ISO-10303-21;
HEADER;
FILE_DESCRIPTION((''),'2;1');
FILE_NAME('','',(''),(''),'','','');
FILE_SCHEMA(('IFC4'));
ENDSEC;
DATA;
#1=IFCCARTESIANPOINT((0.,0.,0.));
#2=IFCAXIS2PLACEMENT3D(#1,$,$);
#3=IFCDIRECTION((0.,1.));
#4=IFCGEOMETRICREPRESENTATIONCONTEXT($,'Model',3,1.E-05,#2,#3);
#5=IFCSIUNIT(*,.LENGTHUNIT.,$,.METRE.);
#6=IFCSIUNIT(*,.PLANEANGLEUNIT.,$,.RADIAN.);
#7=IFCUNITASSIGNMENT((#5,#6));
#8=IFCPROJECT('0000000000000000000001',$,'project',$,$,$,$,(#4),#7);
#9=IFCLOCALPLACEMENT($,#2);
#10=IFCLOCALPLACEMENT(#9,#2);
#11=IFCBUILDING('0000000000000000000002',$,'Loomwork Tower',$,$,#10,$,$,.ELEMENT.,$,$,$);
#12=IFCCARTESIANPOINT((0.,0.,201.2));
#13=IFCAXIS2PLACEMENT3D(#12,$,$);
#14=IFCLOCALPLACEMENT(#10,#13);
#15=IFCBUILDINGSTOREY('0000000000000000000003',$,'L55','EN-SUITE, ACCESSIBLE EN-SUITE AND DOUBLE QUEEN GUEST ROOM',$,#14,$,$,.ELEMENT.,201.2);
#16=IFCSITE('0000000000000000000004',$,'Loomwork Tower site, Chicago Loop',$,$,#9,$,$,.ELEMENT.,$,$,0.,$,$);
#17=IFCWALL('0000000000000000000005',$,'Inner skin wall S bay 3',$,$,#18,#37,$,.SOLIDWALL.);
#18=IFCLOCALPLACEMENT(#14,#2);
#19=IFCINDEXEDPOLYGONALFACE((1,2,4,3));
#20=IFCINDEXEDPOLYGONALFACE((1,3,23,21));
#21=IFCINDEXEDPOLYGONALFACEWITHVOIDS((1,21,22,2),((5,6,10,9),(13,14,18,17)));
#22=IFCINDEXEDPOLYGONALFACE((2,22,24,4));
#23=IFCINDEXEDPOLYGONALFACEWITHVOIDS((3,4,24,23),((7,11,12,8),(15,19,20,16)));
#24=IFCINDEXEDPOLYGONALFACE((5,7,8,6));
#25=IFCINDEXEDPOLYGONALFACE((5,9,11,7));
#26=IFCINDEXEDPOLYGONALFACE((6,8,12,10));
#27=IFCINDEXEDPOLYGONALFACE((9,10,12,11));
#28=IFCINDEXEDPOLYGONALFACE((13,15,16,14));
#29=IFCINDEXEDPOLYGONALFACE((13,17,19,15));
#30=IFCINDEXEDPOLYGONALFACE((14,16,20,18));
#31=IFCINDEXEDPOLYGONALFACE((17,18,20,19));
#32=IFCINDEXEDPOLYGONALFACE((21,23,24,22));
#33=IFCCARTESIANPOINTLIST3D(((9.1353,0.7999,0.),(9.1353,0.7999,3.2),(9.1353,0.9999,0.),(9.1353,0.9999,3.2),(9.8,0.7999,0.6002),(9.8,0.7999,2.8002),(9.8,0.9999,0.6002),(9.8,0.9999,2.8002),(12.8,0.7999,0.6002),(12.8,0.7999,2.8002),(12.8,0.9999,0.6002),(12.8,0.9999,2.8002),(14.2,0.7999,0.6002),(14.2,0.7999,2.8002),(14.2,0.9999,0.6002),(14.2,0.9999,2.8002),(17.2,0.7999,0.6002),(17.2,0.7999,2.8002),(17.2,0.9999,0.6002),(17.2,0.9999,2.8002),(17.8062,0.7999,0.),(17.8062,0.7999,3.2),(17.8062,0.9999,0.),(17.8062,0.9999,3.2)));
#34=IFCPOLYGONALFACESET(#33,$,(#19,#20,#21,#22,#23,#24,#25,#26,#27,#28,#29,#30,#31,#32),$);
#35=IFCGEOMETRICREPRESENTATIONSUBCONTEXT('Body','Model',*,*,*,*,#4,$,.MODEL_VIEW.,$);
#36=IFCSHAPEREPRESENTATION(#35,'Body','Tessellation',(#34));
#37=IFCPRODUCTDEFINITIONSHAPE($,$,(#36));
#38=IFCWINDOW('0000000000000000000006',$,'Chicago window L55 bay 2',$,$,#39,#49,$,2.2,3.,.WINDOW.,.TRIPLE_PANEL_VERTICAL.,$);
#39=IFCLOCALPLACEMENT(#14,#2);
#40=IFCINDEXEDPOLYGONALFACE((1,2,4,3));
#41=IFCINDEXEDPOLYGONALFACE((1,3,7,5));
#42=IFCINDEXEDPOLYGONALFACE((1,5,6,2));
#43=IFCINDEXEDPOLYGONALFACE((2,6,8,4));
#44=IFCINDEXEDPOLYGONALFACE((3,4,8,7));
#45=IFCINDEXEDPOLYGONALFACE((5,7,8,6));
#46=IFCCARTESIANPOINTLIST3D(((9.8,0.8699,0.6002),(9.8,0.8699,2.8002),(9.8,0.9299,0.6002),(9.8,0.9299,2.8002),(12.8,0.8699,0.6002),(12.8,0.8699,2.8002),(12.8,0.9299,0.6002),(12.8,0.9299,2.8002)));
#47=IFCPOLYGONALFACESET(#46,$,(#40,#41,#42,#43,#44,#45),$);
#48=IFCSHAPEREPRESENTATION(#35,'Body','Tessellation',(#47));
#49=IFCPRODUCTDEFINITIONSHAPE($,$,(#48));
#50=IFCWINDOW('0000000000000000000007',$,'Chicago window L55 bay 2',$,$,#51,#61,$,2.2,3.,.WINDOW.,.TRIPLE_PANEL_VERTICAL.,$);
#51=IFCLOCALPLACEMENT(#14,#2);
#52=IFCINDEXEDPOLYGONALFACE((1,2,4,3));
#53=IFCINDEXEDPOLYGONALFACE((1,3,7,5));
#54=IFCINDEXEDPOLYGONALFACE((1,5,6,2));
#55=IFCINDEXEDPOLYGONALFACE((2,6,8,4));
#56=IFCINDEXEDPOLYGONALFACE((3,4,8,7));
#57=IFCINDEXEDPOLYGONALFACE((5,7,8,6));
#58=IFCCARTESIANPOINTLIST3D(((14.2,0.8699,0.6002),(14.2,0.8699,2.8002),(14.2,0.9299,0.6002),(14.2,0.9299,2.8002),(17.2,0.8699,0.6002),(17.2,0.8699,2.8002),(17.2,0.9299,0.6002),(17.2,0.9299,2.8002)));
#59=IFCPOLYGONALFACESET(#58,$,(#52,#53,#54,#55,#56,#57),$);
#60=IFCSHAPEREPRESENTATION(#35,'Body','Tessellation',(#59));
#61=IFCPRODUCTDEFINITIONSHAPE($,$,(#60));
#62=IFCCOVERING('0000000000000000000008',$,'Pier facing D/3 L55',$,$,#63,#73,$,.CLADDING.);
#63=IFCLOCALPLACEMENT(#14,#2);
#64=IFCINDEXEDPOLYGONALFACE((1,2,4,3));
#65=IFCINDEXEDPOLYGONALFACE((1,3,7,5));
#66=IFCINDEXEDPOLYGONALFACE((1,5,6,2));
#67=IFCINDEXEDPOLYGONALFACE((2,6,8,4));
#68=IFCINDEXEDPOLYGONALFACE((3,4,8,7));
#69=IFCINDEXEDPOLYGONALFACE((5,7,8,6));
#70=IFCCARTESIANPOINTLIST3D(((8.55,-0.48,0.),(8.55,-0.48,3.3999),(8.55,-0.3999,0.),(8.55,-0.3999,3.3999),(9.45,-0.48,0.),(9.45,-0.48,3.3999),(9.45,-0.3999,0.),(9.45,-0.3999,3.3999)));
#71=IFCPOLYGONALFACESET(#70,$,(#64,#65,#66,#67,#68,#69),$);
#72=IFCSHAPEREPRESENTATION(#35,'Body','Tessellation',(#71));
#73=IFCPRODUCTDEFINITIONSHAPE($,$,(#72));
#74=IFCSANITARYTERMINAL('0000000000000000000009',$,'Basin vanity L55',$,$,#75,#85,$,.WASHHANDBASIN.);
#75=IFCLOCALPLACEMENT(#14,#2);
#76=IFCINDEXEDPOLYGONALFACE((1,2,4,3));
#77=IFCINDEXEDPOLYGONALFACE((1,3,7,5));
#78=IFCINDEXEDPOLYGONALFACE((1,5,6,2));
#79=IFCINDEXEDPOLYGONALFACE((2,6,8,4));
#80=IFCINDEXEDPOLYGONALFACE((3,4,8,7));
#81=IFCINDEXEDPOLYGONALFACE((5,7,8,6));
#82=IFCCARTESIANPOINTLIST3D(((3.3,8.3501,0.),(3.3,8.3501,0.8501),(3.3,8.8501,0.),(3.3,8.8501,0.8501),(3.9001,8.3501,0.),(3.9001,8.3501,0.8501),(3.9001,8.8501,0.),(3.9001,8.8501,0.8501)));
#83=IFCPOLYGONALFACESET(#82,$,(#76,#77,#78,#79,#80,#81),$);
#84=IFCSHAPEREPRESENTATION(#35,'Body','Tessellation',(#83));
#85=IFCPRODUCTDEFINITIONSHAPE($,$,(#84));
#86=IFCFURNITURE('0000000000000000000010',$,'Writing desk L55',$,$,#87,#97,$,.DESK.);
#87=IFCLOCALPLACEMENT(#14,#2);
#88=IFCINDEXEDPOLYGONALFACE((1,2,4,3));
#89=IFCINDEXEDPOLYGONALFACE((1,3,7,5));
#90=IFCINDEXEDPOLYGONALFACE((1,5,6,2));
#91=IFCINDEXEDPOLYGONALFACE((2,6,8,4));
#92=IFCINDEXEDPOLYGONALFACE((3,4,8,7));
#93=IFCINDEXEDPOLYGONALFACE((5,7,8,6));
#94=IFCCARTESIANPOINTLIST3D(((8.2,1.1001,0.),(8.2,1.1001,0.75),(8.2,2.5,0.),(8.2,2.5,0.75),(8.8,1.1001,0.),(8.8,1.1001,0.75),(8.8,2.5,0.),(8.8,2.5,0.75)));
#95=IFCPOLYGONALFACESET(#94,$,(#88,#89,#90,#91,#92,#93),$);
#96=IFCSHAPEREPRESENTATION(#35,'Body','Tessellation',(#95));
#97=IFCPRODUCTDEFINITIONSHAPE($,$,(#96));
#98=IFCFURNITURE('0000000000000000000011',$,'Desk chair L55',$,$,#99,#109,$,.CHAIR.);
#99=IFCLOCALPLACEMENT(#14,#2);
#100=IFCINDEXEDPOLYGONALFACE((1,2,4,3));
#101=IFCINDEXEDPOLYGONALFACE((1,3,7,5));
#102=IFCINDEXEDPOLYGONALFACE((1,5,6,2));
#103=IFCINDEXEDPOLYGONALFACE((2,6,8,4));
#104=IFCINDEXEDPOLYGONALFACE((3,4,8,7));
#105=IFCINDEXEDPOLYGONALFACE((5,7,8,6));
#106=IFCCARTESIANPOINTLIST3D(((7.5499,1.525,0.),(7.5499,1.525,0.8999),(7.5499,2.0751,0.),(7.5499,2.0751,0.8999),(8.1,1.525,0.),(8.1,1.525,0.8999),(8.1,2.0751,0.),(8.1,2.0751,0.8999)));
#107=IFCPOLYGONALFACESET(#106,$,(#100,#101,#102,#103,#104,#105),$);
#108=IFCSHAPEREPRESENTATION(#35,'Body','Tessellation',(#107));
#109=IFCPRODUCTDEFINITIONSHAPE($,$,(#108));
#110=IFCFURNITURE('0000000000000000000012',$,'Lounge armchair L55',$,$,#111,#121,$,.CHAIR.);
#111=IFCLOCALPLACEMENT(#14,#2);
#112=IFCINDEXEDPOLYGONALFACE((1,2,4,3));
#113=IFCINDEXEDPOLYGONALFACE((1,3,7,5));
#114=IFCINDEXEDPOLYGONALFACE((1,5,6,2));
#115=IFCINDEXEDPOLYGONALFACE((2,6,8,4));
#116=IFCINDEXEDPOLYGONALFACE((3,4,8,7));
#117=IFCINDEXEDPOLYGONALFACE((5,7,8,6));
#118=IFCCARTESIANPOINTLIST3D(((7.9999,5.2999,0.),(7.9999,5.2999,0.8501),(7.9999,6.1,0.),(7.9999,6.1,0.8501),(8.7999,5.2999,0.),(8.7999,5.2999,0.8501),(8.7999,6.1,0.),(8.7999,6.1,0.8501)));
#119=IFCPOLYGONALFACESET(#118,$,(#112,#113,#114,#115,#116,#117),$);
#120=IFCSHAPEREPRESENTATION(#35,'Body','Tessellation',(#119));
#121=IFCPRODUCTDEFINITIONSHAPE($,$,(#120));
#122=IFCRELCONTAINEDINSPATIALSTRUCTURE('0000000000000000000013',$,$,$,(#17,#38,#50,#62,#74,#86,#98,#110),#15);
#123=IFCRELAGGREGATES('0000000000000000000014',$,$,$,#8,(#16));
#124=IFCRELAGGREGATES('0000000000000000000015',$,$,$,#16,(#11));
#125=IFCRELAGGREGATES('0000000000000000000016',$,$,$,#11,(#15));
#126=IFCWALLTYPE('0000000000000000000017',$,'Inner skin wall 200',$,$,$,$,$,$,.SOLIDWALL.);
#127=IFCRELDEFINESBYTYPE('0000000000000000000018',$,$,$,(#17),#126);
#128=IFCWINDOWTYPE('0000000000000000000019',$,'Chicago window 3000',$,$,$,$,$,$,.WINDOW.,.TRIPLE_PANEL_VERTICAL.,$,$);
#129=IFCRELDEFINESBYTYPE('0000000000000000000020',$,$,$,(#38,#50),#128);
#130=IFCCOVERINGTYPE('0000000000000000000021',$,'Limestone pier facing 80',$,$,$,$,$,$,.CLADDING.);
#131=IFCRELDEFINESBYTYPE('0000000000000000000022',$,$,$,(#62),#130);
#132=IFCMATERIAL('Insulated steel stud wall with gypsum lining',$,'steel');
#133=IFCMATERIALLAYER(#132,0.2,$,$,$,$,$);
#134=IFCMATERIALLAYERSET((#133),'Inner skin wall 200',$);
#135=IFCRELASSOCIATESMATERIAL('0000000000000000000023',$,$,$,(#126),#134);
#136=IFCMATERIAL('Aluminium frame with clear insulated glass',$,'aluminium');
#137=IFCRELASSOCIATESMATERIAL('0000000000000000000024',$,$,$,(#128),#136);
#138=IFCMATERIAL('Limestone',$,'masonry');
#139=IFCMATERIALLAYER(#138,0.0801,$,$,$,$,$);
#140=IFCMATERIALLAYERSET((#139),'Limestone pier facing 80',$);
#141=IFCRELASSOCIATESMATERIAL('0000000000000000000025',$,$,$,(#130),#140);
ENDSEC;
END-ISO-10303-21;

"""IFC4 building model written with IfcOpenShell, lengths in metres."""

from ifc_helpers import new_model, si_unit, direction, frame, frame_2d, origin, origin_2d, place, context, subcontext, project, spatial, rectangle, extrude, material, layer, layer_set, type_object, element, fill, save


model = new_model("IFC4")

# Units and contexts
model_context = context("Model", 3, precision=1e-05, world=origin(), true_north=direction((0.0, 1.0)))
body_context = subcontext(model_context, "Body", "Model", "MODEL_VIEW")
ifc_project = project(units=[si_unit("LENGTHUNIT", "METRE"), si_unit("PLANEANGLEUNIT", "RADIAN")], contexts=[model_context])

# Site, building, storey
site_placement = place(None, origin())
site = spatial("IfcSite", under=ifc_project, at=site_placement, Name="Loomwork Tower site, Chicago Loop", CompositionType="ELEMENT", RefElevation=0.0)
building_placement = place(site_placement, origin())
building = spatial("IfcBuilding", under=site, at=building_placement, Name="Loomwork Tower", CompositionType="ELEMENT")
storey_placement = place(building_placement, frame((0.0, 0.0, 201.2)))
storey = spatial("IfcBuildingStorey", under=building, at=storey_placement, Name="L55", Description="EN-SUITE, ACCESSIBLE EN-SUITE AND DOUBLE QUEEN GUEST ROOM", CompositionType="ELEMENT", Elevation=201.2)

# Shared definitions
ifc_material_1 = material(Name="Insulated steel stud wall with gypsum lining", Category="steel")
ifc_layer_1 = layer(ifc_material_1, 0.2)
ifc_layer_set_1 = layer_set([ifc_layer_1], Name="Inner skin wall 200")
wall_type_1 = type_object("IfcWallType", Name="Inner skin wall 200", PredefinedType="SOLIDWALL", material=ifc_layer_set_1)

# Wall, openings, windows
wall_1_placement = place(storey_placement, frame((9.1353, 0.8999, 0.0), z_axis=(0.0, 0.0, 1.0), x_axis=(1.0, 0.0, 0.0)))
wall_1 = element("IfcWall", 1, at=wall_1_placement, inside=storey, type_object=wall_type_1, Name="Inner skin wall S bay 3", PredefinedType="SOLIDWALL", context=body_context, shape_type="SweptSolid", body=[
    extrude(rectangle(XDim=8.6709, YDim=0.2, at=frame_2d((4.3354, 0.0))), origin(), (0.0, 0.0, 1.0), 3.2),
])
opening_1_placement = place(wall_1_placement, frame((0.6648, 0.0, 0.6001)))
opening_1 = element("IfcOpeningElement", 2, at=opening_1_placement, cuts=wall_1, PredefinedType="OPENING", context=body_context, shape_type="SweptSolid", body=[
    extrude(rectangle(XDim=3.0, YDim=2.2, at=frame_2d((1.5, 1.1001))), frame((0.0, 0.1099, 0.0), z_axis=(0.0, -1.0, 0.0), x_axis=(1.0, 0.0, 0.0)), (0.0, 0.0, 1.0), 0.22),
])
opening_2_placement = place(wall_1_placement, frame((5.0647, 0.0, 0.6001)))
opening_2 = element("IfcOpeningElement", 3, at=opening_2_placement, cuts=wall_1, PredefinedType="OPENING", context=body_context, shape_type="SweptSolid", body=[
    extrude(rectangle(XDim=3.0, YDim=2.2, at=frame_2d((1.5, 1.1001))), frame((0.0, 0.1099, 0.0), z_axis=(0.0, -1.0, 0.0), x_axis=(1.0, 0.0, 0.0)), (0.0, 0.0, 1.0), 0.22),
])
ifc_material_2 = material(Name="Aluminium frame with clear insulated glass", Category="aluminium")
window_type = type_object("IfcWindowType", Name="Chicago window 3000", PartitioningType="TRIPLE_PANEL_VERTICAL", PredefinedType="WINDOW", material=ifc_material_2)
window_1_placement = place(opening_1_placement, origin())
window_1 = element("IfcWindow", 4, at=window_1_placement, inside=storey, type_object=window_type, Name="Chicago window L55 bay 2", OverallHeight=2.2, OverallWidth=3.0, PartitioningType="TRIPLE_PANEL_VERTICAL", PredefinedType="WINDOW", context=body_context, shape_type="SweptSolid", body=[
    extrude(rectangle(XDim=3.0, YDim=2.2, at=frame_2d((1.5, 1.1001))), frame((0.0, 0.03, 0.0), z_axis=(0.0, -1.0, 0.0), x_axis=(1.0, 0.0, 0.0)), (0.0, 0.0, 1.0), 0.0601),
])
fill(opening_1, window_1)
window_2_placement = place(opening_2_placement, origin())
window_2 = element("IfcWindow", 5, at=window_2_placement, inside=storey, type_object=window_type, Name="Chicago window L55 bay 2", OverallHeight=2.2, OverallWidth=3.0, PartitioningType="TRIPLE_PANEL_VERTICAL", PredefinedType="WINDOW", context=body_context, shape_type="SweptSolid", body=[
    extrude(rectangle(XDim=3.0, YDim=2.2, at=frame_2d((1.5, 1.1001))), frame((0.0, 0.03, 0.0), z_axis=(0.0, -1.0, 0.0), x_axis=(1.0, 0.0, 0.0)), (0.0, 0.0, 1.0), 0.0601),
])
fill(opening_2, window_2)

# Covering
ifc_material_3 = material(Name="Limestone", Category="masonry")
ifc_layer_2 = layer(ifc_material_3, 0.0801)
ifc_layer_set_2 = layer_set([ifc_layer_2], Name="Limestone pier facing 80")
covering_type = type_object("IfcCoveringType", Name="Limestone pier facing 80", PredefinedType="CLADDING", material=ifc_layer_set_2)
covering_placement = place(storey_placement, frame((9.0, -0.4399, 0.0), z_axis=(0.0, 0.0, 1.0), x_axis=(1.0, 0.0, 0.0)))
element("IfcCovering", 6, at=covering_placement, inside=storey, type_object=covering_type, Name="Pier facing D/3 L55", PredefinedType="CLADDING", context=body_context, shape_type="SweptSolid", body=[
    extrude(rectangle(XDim=0.8999, YDim=0.0801, at=origin_2d()), origin(), (0.0, 0.0, 1.0), 3.3999),
])

# Sanitary terminal
sanitary_terminal_placement = place(storey_placement, frame((3.6001, 8.6001, 0.0), z_axis=(0.0, 0.0, 1.0), x_axis=(1.0, 0.0, 0.0)))
element("IfcSanitaryTerminal", 7, at=sanitary_terminal_placement, inside=storey, Name="Basin vanity L55", PredefinedType="WASHHANDBASIN", context=body_context, shape_type="SweptSolid", body=[
    extrude(rectangle(XDim=0.6001, YDim=0.5, at=origin_2d()), origin(), (0.0, 0.0, 1.0), 0.8501),
])

# Furniture
furniture_1_placement = place(storey_placement, frame((8.5, 1.8, 0.0), z_axis=(0.0, 0.0, 1.0), x_axis=(1.0, 0.0, 0.0)))
element("IfcFurniture", 8, at=furniture_1_placement, inside=storey, Name="Writing desk L55", PredefinedType="DESK", context=body_context, shape_type="SweptSolid", body=[
    extrude(rectangle(XDim=0.6001, YDim=1.3999, at=origin_2d()), origin(), (0.0, 0.0, 1.0), 0.75),
])
furniture_2_placement = place(storey_placement, frame((7.825, 1.8, 0.0), z_axis=(0.0, 0.0, 1.0), x_axis=(1.0, 0.0, 0.0)))
element("IfcFurniture", 9, at=furniture_2_placement, inside=storey, Name="Desk chair L55", PredefinedType="CHAIR", context=body_context, shape_type="SweptSolid", body=[
    extrude(rectangle(XDim=0.55, YDim=0.55, at=origin_2d()), origin(), (0.0, 0.0, 1.0), 0.8999),
])
furniture_3_placement = place(storey_placement, frame((8.3999, 5.7, 0.0), z_axis=(0.0, 0.0, 1.0), x_axis=(1.0, 0.0, 0.0)))
element("IfcFurniture", 10, at=furniture_3_placement, inside=storey, Name="Lounge armchair L55", PredefinedType="CHAIR", context=body_context, shape_type="SweptSolid", body=[
    extrude(rectangle(XDim=0.8, YDim=0.8, at=origin_2d()), origin(), (0.0, 0.0, 1.0), 0.8501),
])

save(model, "model.ifc")
